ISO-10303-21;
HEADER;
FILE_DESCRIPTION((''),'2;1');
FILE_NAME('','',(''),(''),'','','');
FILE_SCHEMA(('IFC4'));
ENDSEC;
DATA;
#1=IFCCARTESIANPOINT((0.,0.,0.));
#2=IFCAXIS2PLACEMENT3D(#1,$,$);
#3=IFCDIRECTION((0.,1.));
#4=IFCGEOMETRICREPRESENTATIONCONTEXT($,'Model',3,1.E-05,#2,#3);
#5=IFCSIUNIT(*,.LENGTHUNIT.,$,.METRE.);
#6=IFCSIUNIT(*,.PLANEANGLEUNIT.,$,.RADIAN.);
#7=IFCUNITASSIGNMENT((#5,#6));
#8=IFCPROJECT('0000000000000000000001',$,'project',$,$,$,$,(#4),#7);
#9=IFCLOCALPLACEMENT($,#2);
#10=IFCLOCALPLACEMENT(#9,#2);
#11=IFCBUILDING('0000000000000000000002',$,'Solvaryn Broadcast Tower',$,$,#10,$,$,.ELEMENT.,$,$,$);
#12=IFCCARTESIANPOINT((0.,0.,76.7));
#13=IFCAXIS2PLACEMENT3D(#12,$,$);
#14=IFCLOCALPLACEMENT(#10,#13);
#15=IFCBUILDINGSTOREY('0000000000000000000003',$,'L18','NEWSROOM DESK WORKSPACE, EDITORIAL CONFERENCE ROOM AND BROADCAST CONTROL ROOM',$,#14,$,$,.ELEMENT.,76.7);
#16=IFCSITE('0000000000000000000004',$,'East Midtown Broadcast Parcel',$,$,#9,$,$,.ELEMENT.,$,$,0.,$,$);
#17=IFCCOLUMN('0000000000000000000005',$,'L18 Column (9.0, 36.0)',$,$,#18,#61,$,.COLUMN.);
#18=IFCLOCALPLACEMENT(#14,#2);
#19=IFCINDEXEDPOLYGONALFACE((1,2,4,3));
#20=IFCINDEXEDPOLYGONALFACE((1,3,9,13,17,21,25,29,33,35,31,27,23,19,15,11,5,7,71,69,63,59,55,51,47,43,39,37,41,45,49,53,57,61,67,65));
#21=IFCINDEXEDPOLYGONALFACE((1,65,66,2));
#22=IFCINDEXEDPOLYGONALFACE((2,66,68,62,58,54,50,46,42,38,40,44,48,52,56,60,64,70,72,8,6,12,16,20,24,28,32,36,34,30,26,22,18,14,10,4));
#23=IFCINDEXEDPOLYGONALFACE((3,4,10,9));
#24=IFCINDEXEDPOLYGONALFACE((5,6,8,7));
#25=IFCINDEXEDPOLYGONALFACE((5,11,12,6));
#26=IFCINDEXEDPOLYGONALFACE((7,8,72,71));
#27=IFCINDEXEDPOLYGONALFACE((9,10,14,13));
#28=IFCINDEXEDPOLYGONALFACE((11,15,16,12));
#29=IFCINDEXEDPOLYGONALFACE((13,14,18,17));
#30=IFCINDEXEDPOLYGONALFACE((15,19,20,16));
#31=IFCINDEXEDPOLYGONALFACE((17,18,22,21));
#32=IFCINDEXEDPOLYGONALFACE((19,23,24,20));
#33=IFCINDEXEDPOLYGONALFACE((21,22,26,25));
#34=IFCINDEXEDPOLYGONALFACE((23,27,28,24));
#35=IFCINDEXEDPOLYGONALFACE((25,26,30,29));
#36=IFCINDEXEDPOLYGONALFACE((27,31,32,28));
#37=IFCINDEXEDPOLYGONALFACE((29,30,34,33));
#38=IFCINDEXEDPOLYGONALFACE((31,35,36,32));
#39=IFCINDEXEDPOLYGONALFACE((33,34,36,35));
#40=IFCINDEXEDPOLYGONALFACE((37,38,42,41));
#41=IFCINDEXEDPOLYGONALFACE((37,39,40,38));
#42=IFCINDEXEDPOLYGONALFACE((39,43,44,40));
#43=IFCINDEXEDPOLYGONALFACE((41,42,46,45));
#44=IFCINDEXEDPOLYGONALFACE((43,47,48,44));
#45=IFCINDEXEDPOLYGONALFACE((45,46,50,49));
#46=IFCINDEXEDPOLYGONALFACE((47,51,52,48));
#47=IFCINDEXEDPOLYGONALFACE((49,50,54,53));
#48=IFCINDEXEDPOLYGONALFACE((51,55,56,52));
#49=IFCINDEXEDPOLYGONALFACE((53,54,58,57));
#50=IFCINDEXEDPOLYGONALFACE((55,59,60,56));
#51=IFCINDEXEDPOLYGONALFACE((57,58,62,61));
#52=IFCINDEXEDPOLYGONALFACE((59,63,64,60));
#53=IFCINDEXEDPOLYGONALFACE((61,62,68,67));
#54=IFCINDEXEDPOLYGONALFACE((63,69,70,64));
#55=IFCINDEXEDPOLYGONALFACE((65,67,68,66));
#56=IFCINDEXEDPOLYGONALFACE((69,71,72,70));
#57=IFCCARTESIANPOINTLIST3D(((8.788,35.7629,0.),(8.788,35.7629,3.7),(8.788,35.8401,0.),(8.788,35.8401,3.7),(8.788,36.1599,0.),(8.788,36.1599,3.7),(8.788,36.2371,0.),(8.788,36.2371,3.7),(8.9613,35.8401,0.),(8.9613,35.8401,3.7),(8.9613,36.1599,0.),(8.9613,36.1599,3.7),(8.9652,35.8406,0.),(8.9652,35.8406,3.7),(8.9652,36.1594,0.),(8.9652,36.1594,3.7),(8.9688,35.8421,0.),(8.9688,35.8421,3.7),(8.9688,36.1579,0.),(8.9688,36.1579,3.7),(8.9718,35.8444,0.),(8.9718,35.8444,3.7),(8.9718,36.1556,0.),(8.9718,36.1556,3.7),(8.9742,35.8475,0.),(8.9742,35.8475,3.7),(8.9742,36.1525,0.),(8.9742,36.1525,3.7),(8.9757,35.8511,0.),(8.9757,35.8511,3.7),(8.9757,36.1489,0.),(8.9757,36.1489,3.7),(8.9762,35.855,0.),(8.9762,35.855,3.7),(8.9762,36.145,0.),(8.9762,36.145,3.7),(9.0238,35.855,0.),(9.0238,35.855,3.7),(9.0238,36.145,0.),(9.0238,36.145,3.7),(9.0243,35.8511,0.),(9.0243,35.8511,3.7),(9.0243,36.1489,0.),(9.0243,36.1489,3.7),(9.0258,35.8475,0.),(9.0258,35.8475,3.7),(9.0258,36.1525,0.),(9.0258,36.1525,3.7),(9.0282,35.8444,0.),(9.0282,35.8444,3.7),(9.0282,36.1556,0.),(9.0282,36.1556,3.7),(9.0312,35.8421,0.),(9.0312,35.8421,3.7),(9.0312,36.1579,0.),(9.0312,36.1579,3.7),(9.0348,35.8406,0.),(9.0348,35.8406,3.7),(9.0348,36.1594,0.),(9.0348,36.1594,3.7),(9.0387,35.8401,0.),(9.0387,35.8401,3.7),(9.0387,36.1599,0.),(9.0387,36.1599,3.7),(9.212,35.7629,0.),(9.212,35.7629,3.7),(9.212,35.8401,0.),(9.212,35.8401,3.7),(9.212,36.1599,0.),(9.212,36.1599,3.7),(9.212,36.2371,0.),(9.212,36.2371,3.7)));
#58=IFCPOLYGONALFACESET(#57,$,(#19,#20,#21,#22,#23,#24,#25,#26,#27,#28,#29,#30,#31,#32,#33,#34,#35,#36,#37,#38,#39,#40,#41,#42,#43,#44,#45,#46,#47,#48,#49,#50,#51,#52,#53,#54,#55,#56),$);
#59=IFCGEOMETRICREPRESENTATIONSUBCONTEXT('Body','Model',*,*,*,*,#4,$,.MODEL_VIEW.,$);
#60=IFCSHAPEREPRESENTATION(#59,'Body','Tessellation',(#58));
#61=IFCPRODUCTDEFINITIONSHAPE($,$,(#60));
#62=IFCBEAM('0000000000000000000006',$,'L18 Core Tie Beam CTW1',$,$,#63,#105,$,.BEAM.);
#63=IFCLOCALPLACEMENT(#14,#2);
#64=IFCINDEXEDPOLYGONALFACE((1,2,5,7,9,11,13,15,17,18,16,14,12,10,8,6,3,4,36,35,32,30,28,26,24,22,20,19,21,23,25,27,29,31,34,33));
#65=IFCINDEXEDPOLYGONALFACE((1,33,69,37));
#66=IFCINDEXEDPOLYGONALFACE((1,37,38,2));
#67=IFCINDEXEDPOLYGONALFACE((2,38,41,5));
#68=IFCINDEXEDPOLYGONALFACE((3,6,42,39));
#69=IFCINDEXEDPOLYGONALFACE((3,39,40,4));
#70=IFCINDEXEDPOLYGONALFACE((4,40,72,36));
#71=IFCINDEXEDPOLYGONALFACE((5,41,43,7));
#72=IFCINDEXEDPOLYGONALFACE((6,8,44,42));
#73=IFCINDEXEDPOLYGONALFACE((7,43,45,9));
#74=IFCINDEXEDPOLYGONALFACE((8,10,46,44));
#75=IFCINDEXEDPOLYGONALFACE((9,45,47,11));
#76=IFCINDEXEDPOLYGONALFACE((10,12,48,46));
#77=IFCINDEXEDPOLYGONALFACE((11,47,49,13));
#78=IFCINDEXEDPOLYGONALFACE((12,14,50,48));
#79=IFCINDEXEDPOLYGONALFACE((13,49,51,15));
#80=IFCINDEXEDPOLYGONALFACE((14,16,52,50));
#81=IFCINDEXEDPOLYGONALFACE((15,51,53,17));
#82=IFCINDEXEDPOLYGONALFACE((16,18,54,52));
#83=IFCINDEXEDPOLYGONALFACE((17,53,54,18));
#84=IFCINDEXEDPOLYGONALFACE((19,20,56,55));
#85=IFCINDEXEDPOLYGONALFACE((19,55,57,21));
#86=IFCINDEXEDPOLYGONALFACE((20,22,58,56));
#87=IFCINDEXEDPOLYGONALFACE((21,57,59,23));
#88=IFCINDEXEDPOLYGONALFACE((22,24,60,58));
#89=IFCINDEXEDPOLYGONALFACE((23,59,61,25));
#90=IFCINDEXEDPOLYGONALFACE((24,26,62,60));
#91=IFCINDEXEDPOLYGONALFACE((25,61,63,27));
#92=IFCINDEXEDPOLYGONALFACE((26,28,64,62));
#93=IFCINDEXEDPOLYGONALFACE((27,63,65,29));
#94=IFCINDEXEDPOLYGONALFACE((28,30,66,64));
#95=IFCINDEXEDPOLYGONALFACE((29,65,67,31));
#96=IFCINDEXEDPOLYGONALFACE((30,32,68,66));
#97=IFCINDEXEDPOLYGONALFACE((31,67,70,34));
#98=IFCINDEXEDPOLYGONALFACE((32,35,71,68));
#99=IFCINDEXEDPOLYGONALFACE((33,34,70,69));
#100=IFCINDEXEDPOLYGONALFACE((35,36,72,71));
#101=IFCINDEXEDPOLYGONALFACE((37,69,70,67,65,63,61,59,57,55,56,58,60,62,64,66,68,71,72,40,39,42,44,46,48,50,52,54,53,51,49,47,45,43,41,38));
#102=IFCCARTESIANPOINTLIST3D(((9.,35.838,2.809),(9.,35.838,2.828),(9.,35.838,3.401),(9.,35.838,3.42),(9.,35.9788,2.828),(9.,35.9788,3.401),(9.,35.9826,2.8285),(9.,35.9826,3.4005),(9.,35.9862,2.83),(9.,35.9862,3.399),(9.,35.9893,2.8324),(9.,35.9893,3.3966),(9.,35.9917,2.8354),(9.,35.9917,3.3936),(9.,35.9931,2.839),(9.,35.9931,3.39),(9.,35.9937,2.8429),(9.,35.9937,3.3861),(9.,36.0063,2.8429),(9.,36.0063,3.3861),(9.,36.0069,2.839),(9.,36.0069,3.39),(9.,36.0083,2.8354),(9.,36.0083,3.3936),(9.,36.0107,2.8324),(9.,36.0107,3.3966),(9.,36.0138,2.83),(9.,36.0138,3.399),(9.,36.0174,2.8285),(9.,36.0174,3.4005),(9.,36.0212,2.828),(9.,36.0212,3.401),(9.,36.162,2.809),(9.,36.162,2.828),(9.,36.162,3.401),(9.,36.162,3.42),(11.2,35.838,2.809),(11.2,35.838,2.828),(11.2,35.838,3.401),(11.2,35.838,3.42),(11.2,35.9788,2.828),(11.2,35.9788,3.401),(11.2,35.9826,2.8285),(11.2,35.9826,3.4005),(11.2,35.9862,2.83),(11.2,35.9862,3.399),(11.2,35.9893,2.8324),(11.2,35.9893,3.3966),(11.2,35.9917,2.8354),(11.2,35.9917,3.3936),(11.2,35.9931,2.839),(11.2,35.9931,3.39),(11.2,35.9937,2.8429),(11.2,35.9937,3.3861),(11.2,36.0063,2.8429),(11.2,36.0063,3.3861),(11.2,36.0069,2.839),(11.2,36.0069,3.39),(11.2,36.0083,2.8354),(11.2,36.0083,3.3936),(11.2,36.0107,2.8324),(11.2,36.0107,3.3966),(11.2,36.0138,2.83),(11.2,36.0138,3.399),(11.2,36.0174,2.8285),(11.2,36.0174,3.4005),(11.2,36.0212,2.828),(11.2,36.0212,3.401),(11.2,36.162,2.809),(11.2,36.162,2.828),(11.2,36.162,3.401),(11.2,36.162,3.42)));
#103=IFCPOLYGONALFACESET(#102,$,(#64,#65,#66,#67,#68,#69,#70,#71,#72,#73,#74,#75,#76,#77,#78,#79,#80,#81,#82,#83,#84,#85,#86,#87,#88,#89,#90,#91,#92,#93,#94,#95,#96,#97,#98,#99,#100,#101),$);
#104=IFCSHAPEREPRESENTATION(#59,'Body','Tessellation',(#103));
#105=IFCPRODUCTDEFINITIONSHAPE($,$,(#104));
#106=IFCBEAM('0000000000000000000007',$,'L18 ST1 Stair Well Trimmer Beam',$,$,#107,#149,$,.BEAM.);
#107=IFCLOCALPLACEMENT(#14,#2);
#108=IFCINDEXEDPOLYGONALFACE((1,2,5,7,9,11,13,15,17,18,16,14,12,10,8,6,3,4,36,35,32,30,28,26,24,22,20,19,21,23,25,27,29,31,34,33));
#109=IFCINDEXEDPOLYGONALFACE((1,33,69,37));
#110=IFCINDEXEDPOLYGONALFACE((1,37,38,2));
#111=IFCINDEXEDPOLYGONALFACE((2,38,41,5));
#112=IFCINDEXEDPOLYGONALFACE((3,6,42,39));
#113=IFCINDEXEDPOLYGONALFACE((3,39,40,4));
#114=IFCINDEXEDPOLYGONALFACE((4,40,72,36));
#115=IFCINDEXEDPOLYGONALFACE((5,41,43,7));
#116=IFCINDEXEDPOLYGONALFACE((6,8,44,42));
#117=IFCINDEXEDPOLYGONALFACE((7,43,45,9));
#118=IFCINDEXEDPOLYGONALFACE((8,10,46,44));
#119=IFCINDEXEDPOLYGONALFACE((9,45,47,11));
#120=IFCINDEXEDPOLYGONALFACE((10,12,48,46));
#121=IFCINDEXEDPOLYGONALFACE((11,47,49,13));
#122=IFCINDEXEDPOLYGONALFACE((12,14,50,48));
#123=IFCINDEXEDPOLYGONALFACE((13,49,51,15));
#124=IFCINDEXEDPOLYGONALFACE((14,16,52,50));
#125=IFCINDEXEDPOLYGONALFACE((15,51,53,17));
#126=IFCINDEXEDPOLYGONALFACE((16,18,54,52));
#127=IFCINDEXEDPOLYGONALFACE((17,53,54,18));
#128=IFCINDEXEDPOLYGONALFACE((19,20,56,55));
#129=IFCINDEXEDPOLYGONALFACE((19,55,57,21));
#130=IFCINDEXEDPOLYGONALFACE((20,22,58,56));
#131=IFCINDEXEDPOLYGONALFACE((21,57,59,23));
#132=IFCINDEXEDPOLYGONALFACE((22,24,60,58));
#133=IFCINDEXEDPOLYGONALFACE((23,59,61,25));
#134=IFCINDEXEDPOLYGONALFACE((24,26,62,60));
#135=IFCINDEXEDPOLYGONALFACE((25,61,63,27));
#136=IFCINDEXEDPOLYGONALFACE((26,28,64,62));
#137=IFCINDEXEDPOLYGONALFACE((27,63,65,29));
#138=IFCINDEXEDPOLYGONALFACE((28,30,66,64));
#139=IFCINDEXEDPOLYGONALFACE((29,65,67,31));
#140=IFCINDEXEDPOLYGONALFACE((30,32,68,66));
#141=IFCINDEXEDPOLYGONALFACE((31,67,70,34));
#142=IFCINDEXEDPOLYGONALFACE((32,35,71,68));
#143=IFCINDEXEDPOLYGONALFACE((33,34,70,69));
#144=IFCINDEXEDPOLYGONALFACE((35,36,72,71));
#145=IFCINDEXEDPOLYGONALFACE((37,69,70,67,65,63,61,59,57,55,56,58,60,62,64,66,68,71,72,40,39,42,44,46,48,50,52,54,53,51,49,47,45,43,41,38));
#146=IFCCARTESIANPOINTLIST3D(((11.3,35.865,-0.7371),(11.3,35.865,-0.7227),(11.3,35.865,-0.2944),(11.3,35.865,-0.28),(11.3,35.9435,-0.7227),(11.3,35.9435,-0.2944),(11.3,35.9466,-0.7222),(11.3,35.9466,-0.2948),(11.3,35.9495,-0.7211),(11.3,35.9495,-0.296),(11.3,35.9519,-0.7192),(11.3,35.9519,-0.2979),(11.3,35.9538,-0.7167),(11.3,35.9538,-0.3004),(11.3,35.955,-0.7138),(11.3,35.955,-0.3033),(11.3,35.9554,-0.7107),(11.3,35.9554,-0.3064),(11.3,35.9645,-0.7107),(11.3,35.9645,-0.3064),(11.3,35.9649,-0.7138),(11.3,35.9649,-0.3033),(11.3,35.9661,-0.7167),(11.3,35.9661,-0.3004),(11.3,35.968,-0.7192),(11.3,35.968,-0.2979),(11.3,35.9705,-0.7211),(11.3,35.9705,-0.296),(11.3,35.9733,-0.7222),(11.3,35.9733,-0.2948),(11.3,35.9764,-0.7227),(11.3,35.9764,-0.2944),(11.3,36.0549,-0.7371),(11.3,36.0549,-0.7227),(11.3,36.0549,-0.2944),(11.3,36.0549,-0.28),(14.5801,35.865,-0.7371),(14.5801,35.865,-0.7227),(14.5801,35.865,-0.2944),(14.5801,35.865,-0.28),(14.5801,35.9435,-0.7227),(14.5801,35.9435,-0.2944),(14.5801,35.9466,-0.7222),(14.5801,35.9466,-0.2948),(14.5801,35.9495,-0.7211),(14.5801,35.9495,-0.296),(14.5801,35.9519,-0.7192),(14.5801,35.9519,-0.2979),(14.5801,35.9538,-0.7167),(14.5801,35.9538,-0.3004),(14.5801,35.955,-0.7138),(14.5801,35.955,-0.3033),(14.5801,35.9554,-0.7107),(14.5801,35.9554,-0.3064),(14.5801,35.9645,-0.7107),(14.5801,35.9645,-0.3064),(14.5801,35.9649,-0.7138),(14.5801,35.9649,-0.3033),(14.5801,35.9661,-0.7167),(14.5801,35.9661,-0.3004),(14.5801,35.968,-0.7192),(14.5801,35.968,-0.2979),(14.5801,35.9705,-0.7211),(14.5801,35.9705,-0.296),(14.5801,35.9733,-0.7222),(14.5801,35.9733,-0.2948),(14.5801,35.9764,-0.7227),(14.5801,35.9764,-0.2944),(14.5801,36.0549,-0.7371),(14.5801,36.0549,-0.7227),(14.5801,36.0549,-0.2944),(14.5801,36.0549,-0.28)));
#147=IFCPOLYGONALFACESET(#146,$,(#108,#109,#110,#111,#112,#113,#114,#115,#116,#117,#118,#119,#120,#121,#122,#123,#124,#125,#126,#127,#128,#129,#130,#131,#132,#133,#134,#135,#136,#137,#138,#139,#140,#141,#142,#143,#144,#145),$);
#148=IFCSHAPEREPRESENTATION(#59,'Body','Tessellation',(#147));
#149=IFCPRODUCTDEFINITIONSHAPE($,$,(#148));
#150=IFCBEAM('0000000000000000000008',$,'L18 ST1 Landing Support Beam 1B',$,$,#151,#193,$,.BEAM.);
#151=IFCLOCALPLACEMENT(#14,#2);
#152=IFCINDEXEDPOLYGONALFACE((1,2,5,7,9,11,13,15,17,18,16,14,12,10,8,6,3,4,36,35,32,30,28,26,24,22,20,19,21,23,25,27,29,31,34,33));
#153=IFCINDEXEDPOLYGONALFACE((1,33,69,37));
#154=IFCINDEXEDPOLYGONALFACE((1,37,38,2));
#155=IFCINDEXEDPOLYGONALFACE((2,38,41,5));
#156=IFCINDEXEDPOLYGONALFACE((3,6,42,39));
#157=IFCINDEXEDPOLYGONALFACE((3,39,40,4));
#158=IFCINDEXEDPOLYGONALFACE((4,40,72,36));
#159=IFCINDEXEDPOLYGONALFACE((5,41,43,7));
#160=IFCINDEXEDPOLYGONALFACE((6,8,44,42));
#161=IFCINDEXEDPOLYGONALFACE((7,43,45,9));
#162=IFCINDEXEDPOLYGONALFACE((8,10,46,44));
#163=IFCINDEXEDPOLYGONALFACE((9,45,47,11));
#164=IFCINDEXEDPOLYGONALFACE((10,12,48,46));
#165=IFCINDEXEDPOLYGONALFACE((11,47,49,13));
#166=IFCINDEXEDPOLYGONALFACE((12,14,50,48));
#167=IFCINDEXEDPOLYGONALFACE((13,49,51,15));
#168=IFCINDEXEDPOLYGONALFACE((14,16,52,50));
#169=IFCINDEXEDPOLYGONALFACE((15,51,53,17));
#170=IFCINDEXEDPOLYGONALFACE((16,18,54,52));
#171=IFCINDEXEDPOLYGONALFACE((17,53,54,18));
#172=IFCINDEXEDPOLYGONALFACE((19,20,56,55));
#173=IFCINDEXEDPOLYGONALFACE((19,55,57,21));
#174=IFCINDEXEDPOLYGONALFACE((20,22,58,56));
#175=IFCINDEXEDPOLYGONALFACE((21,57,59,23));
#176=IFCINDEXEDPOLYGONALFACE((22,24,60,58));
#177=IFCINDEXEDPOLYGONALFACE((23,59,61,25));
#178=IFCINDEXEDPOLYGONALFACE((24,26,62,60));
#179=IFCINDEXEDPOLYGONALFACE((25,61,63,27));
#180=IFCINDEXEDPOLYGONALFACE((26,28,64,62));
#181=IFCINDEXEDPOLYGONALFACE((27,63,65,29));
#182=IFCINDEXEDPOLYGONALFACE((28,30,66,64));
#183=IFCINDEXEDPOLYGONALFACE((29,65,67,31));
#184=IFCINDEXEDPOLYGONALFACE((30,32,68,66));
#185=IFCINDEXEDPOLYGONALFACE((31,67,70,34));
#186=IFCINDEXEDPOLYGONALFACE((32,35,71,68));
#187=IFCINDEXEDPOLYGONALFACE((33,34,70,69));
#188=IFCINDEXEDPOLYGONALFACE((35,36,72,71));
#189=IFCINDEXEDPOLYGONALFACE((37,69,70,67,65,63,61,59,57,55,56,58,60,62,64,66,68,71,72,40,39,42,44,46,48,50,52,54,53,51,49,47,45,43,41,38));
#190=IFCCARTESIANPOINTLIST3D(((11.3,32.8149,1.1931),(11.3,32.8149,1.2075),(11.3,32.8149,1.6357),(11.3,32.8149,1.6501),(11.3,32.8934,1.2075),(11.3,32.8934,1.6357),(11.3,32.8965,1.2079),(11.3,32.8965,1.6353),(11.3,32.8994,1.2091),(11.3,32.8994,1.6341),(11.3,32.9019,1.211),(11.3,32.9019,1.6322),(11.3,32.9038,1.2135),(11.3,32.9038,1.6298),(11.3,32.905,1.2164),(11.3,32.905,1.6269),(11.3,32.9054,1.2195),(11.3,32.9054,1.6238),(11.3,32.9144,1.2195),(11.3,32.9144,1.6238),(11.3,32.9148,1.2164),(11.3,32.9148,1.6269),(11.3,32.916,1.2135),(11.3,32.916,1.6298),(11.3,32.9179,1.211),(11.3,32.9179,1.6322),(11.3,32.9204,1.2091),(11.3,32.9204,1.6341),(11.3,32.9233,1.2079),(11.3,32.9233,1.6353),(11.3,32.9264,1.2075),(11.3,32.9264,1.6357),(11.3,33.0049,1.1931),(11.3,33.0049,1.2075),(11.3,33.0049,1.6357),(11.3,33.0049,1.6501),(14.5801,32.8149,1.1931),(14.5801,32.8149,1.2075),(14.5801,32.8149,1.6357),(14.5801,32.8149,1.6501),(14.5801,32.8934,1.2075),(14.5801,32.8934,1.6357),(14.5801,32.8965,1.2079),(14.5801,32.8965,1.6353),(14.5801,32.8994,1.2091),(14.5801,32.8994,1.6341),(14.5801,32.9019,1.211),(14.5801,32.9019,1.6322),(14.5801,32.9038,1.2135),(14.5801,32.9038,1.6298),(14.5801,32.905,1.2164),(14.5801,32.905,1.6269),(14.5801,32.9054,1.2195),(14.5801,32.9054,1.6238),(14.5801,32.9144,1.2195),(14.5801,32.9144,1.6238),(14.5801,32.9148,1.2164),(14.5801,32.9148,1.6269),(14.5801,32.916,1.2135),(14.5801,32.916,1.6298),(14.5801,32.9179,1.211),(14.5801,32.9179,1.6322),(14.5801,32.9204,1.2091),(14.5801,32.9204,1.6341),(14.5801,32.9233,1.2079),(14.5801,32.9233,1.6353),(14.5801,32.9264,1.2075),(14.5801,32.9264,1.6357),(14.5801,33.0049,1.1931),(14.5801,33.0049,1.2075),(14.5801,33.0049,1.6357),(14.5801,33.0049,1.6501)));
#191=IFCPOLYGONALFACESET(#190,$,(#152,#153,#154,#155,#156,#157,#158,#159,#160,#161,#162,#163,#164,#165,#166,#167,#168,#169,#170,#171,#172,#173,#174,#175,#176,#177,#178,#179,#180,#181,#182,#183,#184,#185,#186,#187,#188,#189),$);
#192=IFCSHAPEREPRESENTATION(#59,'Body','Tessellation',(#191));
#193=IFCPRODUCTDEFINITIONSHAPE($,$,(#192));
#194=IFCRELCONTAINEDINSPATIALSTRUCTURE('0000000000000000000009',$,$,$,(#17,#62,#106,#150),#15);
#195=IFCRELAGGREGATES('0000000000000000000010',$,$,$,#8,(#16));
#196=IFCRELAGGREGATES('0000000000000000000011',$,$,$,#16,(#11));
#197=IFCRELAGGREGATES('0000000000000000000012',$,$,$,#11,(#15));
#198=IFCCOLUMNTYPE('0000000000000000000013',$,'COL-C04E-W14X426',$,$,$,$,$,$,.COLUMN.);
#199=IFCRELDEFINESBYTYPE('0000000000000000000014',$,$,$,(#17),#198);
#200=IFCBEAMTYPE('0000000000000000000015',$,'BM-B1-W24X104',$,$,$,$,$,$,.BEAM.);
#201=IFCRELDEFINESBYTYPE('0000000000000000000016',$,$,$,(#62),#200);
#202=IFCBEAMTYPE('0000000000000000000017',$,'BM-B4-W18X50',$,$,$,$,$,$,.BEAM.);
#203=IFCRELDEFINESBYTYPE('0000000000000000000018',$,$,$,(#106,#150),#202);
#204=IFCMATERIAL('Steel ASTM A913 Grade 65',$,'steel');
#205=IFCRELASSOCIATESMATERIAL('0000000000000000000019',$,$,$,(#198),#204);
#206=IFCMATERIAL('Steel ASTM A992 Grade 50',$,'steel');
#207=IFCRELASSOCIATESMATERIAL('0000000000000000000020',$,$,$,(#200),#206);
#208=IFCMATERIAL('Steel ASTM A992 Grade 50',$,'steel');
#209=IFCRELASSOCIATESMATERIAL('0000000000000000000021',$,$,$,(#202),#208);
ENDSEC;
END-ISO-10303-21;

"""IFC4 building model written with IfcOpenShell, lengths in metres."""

from ifc_helpers import new_model, si_unit, direction, frame, origin, origin_2d, place, context, subcontext, project, spatial, i_section, extrude, material, material_profile, profile_set, type_object, element, save


model = new_model("IFC4")

# Units and contexts
model_context = context("Model", 3, precision=1e-05, world=origin(), true_north=direction((0.0, 1.0)))
body_context = subcontext(model_context, "Body", "Model", "MODEL_VIEW")
ifc_project = project(units=[si_unit("LENGTHUNIT", "METRE"), si_unit("PLANEANGLEUNIT", "RADIAN")], contexts=[model_context])

# Site, building, storey
site_placement = place(None, origin())
site = spatial("IfcSite", under=ifc_project, at=site_placement, Name="East Midtown Broadcast Parcel", CompositionType="ELEMENT", RefElevation=0.0)
building_placement = place(site_placement, origin())
building = spatial("IfcBuilding", under=site, at=building_placement, Name="Solvaryn Broadcast Tower", CompositionType="ELEMENT")
storey_placement = place(building_placement, frame((0.0, 0.0, 76.7)))
storey = spatial("IfcBuildingStorey", under=building, at=storey_placement, Name="L18", Description="NEWSROOM DESK WORKSPACE, EDITORIAL CONFERENCE ROOM AND BROADCAST CONTROL ROOM", CompositionType="ELEMENT", Elevation=76.7)

# Column
ifc_material_1 = material(Name="Steel ASTM A913 Grade 65", Category="steel")
ifc_material_profile_1 = material_profile(ifc_material_1, i_section(OverallWidth=0.4241, OverallDepth=0.4741, WebThickness=0.0476, FlangeThickness=0.0771, FilletRadius=0.0149, at=origin_2d()))
ifc_profile_set_1 = profile_set([ifc_material_profile_1], Name="Steel ASTM A913 Grade 65")
column_type = type_object("IfcColumnType", Name="COL-C04E-W14X426", PredefinedType="COLUMN", material=ifc_profile_set_1)
column_placement = place(storey_placement, frame((9.0, 36.0, 0.0), z_axis=(0.0, 0.0, 1.0), x_axis=(1.0, 0.0, 0.0)))
element("IfcColumn", 1, at=column_placement, inside=storey, type_object=column_type, Name="L18 Column (9.0, 36.0)", PredefinedType="COLUMN", context=body_context, shape_type="SweptSolid", body=[
    extrude(i_section(OverallWidth=0.4241, OverallDepth=0.4741, WebThickness=0.0476, FlangeThickness=0.0771, FilletRadius=0.0149, at=origin_2d()), origin(), (0.0, 0.0, 1.0), 3.7),
])

# Beams
ifc_material_2 = material(Name="Steel ASTM A992 Grade 50", Category="steel")
ifc_material_profile_2 = material_profile(ifc_material_2, i_section(OverallWidth=0.324, OverallDepth=0.6111, WebThickness=0.0127, FlangeThickness=0.019, FilletRadius=0.0149, at=origin_2d()))
ifc_profile_set_2 = profile_set([ifc_material_profile_2], Name="Steel ASTM A992 Grade 50")
beam_type_1 = type_object("IfcBeamType", Name="BM-B1-W24X104", PredefinedType="BEAM", material=ifc_profile_set_2)
beam_1_placement = place(storey_placement, frame((9.0, 36.0, 3.1145), z_axis=(1.0, 0.0, 0.0), x_axis=(0.0, 1.0, 0.0)))
element("IfcBeam", 2, at=beam_1_placement, inside=storey, type_object=beam_type_1, Name="L18 Core Tie Beam CTW1", PredefinedType="BEAM", context=body_context, shape_type="SweptSolid", body=[
    extrude(i_section(OverallWidth=0.324, OverallDepth=0.6111, WebThickness=0.0127, FlangeThickness=0.019, FilletRadius=0.0149, at=origin_2d()), origin(), (0.0, 0.0, 1.0), 2.2),
])
ifc_material_3 = material(Name="Steel ASTM A992 Grade 50", Category="steel")
ifc_material_profile_3 = material_profile(ifc_material_3, i_section(OverallWidth=0.1899, OverallDepth=0.457, WebThickness=0.009, FlangeThickness=0.0144, FilletRadius=0.012, at=origin_2d()))
ifc_profile_set_3 = profile_set([ifc_material_profile_3], Name="Steel ASTM A992 Grade 50")
beam_type_2 = type_object("IfcBeamType", Name="BM-B4-W18X50", PredefinedType="BEAM", material=ifc_profile_set_3)
for number, where, z_axis, x_axis, name in (
    (3, (11.3, 35.96, -0.5085), (1.0, 0.0, 0.0), (0.0, 1.0, 0.0), "L18 ST1 Stair Well Trimmer Beam"),
    (4, (11.3, 32.9099, 1.4216), (1.0, 0.0, 0.0), (0.0, 1.0, 0.0), "L18 ST1 Landing Support Beam 1B"),
):
    element("IfcBeam", number, at=place(storey_placement, frame(where, z_axis=z_axis, x_axis=x_axis)), inside=storey, type_object=beam_type_2, Name=name, PredefinedType="BEAM", context=body_context, shape_type="SweptSolid", body=[
        extrude(i_section(OverallWidth=0.1899, OverallDepth=0.457, WebThickness=0.009, FlangeThickness=0.0144, FilletRadius=0.012, at=origin_2d()), origin(), (0.0, 0.0, 1.0), 3.28),
    ])

save(model, "model.ifc")
